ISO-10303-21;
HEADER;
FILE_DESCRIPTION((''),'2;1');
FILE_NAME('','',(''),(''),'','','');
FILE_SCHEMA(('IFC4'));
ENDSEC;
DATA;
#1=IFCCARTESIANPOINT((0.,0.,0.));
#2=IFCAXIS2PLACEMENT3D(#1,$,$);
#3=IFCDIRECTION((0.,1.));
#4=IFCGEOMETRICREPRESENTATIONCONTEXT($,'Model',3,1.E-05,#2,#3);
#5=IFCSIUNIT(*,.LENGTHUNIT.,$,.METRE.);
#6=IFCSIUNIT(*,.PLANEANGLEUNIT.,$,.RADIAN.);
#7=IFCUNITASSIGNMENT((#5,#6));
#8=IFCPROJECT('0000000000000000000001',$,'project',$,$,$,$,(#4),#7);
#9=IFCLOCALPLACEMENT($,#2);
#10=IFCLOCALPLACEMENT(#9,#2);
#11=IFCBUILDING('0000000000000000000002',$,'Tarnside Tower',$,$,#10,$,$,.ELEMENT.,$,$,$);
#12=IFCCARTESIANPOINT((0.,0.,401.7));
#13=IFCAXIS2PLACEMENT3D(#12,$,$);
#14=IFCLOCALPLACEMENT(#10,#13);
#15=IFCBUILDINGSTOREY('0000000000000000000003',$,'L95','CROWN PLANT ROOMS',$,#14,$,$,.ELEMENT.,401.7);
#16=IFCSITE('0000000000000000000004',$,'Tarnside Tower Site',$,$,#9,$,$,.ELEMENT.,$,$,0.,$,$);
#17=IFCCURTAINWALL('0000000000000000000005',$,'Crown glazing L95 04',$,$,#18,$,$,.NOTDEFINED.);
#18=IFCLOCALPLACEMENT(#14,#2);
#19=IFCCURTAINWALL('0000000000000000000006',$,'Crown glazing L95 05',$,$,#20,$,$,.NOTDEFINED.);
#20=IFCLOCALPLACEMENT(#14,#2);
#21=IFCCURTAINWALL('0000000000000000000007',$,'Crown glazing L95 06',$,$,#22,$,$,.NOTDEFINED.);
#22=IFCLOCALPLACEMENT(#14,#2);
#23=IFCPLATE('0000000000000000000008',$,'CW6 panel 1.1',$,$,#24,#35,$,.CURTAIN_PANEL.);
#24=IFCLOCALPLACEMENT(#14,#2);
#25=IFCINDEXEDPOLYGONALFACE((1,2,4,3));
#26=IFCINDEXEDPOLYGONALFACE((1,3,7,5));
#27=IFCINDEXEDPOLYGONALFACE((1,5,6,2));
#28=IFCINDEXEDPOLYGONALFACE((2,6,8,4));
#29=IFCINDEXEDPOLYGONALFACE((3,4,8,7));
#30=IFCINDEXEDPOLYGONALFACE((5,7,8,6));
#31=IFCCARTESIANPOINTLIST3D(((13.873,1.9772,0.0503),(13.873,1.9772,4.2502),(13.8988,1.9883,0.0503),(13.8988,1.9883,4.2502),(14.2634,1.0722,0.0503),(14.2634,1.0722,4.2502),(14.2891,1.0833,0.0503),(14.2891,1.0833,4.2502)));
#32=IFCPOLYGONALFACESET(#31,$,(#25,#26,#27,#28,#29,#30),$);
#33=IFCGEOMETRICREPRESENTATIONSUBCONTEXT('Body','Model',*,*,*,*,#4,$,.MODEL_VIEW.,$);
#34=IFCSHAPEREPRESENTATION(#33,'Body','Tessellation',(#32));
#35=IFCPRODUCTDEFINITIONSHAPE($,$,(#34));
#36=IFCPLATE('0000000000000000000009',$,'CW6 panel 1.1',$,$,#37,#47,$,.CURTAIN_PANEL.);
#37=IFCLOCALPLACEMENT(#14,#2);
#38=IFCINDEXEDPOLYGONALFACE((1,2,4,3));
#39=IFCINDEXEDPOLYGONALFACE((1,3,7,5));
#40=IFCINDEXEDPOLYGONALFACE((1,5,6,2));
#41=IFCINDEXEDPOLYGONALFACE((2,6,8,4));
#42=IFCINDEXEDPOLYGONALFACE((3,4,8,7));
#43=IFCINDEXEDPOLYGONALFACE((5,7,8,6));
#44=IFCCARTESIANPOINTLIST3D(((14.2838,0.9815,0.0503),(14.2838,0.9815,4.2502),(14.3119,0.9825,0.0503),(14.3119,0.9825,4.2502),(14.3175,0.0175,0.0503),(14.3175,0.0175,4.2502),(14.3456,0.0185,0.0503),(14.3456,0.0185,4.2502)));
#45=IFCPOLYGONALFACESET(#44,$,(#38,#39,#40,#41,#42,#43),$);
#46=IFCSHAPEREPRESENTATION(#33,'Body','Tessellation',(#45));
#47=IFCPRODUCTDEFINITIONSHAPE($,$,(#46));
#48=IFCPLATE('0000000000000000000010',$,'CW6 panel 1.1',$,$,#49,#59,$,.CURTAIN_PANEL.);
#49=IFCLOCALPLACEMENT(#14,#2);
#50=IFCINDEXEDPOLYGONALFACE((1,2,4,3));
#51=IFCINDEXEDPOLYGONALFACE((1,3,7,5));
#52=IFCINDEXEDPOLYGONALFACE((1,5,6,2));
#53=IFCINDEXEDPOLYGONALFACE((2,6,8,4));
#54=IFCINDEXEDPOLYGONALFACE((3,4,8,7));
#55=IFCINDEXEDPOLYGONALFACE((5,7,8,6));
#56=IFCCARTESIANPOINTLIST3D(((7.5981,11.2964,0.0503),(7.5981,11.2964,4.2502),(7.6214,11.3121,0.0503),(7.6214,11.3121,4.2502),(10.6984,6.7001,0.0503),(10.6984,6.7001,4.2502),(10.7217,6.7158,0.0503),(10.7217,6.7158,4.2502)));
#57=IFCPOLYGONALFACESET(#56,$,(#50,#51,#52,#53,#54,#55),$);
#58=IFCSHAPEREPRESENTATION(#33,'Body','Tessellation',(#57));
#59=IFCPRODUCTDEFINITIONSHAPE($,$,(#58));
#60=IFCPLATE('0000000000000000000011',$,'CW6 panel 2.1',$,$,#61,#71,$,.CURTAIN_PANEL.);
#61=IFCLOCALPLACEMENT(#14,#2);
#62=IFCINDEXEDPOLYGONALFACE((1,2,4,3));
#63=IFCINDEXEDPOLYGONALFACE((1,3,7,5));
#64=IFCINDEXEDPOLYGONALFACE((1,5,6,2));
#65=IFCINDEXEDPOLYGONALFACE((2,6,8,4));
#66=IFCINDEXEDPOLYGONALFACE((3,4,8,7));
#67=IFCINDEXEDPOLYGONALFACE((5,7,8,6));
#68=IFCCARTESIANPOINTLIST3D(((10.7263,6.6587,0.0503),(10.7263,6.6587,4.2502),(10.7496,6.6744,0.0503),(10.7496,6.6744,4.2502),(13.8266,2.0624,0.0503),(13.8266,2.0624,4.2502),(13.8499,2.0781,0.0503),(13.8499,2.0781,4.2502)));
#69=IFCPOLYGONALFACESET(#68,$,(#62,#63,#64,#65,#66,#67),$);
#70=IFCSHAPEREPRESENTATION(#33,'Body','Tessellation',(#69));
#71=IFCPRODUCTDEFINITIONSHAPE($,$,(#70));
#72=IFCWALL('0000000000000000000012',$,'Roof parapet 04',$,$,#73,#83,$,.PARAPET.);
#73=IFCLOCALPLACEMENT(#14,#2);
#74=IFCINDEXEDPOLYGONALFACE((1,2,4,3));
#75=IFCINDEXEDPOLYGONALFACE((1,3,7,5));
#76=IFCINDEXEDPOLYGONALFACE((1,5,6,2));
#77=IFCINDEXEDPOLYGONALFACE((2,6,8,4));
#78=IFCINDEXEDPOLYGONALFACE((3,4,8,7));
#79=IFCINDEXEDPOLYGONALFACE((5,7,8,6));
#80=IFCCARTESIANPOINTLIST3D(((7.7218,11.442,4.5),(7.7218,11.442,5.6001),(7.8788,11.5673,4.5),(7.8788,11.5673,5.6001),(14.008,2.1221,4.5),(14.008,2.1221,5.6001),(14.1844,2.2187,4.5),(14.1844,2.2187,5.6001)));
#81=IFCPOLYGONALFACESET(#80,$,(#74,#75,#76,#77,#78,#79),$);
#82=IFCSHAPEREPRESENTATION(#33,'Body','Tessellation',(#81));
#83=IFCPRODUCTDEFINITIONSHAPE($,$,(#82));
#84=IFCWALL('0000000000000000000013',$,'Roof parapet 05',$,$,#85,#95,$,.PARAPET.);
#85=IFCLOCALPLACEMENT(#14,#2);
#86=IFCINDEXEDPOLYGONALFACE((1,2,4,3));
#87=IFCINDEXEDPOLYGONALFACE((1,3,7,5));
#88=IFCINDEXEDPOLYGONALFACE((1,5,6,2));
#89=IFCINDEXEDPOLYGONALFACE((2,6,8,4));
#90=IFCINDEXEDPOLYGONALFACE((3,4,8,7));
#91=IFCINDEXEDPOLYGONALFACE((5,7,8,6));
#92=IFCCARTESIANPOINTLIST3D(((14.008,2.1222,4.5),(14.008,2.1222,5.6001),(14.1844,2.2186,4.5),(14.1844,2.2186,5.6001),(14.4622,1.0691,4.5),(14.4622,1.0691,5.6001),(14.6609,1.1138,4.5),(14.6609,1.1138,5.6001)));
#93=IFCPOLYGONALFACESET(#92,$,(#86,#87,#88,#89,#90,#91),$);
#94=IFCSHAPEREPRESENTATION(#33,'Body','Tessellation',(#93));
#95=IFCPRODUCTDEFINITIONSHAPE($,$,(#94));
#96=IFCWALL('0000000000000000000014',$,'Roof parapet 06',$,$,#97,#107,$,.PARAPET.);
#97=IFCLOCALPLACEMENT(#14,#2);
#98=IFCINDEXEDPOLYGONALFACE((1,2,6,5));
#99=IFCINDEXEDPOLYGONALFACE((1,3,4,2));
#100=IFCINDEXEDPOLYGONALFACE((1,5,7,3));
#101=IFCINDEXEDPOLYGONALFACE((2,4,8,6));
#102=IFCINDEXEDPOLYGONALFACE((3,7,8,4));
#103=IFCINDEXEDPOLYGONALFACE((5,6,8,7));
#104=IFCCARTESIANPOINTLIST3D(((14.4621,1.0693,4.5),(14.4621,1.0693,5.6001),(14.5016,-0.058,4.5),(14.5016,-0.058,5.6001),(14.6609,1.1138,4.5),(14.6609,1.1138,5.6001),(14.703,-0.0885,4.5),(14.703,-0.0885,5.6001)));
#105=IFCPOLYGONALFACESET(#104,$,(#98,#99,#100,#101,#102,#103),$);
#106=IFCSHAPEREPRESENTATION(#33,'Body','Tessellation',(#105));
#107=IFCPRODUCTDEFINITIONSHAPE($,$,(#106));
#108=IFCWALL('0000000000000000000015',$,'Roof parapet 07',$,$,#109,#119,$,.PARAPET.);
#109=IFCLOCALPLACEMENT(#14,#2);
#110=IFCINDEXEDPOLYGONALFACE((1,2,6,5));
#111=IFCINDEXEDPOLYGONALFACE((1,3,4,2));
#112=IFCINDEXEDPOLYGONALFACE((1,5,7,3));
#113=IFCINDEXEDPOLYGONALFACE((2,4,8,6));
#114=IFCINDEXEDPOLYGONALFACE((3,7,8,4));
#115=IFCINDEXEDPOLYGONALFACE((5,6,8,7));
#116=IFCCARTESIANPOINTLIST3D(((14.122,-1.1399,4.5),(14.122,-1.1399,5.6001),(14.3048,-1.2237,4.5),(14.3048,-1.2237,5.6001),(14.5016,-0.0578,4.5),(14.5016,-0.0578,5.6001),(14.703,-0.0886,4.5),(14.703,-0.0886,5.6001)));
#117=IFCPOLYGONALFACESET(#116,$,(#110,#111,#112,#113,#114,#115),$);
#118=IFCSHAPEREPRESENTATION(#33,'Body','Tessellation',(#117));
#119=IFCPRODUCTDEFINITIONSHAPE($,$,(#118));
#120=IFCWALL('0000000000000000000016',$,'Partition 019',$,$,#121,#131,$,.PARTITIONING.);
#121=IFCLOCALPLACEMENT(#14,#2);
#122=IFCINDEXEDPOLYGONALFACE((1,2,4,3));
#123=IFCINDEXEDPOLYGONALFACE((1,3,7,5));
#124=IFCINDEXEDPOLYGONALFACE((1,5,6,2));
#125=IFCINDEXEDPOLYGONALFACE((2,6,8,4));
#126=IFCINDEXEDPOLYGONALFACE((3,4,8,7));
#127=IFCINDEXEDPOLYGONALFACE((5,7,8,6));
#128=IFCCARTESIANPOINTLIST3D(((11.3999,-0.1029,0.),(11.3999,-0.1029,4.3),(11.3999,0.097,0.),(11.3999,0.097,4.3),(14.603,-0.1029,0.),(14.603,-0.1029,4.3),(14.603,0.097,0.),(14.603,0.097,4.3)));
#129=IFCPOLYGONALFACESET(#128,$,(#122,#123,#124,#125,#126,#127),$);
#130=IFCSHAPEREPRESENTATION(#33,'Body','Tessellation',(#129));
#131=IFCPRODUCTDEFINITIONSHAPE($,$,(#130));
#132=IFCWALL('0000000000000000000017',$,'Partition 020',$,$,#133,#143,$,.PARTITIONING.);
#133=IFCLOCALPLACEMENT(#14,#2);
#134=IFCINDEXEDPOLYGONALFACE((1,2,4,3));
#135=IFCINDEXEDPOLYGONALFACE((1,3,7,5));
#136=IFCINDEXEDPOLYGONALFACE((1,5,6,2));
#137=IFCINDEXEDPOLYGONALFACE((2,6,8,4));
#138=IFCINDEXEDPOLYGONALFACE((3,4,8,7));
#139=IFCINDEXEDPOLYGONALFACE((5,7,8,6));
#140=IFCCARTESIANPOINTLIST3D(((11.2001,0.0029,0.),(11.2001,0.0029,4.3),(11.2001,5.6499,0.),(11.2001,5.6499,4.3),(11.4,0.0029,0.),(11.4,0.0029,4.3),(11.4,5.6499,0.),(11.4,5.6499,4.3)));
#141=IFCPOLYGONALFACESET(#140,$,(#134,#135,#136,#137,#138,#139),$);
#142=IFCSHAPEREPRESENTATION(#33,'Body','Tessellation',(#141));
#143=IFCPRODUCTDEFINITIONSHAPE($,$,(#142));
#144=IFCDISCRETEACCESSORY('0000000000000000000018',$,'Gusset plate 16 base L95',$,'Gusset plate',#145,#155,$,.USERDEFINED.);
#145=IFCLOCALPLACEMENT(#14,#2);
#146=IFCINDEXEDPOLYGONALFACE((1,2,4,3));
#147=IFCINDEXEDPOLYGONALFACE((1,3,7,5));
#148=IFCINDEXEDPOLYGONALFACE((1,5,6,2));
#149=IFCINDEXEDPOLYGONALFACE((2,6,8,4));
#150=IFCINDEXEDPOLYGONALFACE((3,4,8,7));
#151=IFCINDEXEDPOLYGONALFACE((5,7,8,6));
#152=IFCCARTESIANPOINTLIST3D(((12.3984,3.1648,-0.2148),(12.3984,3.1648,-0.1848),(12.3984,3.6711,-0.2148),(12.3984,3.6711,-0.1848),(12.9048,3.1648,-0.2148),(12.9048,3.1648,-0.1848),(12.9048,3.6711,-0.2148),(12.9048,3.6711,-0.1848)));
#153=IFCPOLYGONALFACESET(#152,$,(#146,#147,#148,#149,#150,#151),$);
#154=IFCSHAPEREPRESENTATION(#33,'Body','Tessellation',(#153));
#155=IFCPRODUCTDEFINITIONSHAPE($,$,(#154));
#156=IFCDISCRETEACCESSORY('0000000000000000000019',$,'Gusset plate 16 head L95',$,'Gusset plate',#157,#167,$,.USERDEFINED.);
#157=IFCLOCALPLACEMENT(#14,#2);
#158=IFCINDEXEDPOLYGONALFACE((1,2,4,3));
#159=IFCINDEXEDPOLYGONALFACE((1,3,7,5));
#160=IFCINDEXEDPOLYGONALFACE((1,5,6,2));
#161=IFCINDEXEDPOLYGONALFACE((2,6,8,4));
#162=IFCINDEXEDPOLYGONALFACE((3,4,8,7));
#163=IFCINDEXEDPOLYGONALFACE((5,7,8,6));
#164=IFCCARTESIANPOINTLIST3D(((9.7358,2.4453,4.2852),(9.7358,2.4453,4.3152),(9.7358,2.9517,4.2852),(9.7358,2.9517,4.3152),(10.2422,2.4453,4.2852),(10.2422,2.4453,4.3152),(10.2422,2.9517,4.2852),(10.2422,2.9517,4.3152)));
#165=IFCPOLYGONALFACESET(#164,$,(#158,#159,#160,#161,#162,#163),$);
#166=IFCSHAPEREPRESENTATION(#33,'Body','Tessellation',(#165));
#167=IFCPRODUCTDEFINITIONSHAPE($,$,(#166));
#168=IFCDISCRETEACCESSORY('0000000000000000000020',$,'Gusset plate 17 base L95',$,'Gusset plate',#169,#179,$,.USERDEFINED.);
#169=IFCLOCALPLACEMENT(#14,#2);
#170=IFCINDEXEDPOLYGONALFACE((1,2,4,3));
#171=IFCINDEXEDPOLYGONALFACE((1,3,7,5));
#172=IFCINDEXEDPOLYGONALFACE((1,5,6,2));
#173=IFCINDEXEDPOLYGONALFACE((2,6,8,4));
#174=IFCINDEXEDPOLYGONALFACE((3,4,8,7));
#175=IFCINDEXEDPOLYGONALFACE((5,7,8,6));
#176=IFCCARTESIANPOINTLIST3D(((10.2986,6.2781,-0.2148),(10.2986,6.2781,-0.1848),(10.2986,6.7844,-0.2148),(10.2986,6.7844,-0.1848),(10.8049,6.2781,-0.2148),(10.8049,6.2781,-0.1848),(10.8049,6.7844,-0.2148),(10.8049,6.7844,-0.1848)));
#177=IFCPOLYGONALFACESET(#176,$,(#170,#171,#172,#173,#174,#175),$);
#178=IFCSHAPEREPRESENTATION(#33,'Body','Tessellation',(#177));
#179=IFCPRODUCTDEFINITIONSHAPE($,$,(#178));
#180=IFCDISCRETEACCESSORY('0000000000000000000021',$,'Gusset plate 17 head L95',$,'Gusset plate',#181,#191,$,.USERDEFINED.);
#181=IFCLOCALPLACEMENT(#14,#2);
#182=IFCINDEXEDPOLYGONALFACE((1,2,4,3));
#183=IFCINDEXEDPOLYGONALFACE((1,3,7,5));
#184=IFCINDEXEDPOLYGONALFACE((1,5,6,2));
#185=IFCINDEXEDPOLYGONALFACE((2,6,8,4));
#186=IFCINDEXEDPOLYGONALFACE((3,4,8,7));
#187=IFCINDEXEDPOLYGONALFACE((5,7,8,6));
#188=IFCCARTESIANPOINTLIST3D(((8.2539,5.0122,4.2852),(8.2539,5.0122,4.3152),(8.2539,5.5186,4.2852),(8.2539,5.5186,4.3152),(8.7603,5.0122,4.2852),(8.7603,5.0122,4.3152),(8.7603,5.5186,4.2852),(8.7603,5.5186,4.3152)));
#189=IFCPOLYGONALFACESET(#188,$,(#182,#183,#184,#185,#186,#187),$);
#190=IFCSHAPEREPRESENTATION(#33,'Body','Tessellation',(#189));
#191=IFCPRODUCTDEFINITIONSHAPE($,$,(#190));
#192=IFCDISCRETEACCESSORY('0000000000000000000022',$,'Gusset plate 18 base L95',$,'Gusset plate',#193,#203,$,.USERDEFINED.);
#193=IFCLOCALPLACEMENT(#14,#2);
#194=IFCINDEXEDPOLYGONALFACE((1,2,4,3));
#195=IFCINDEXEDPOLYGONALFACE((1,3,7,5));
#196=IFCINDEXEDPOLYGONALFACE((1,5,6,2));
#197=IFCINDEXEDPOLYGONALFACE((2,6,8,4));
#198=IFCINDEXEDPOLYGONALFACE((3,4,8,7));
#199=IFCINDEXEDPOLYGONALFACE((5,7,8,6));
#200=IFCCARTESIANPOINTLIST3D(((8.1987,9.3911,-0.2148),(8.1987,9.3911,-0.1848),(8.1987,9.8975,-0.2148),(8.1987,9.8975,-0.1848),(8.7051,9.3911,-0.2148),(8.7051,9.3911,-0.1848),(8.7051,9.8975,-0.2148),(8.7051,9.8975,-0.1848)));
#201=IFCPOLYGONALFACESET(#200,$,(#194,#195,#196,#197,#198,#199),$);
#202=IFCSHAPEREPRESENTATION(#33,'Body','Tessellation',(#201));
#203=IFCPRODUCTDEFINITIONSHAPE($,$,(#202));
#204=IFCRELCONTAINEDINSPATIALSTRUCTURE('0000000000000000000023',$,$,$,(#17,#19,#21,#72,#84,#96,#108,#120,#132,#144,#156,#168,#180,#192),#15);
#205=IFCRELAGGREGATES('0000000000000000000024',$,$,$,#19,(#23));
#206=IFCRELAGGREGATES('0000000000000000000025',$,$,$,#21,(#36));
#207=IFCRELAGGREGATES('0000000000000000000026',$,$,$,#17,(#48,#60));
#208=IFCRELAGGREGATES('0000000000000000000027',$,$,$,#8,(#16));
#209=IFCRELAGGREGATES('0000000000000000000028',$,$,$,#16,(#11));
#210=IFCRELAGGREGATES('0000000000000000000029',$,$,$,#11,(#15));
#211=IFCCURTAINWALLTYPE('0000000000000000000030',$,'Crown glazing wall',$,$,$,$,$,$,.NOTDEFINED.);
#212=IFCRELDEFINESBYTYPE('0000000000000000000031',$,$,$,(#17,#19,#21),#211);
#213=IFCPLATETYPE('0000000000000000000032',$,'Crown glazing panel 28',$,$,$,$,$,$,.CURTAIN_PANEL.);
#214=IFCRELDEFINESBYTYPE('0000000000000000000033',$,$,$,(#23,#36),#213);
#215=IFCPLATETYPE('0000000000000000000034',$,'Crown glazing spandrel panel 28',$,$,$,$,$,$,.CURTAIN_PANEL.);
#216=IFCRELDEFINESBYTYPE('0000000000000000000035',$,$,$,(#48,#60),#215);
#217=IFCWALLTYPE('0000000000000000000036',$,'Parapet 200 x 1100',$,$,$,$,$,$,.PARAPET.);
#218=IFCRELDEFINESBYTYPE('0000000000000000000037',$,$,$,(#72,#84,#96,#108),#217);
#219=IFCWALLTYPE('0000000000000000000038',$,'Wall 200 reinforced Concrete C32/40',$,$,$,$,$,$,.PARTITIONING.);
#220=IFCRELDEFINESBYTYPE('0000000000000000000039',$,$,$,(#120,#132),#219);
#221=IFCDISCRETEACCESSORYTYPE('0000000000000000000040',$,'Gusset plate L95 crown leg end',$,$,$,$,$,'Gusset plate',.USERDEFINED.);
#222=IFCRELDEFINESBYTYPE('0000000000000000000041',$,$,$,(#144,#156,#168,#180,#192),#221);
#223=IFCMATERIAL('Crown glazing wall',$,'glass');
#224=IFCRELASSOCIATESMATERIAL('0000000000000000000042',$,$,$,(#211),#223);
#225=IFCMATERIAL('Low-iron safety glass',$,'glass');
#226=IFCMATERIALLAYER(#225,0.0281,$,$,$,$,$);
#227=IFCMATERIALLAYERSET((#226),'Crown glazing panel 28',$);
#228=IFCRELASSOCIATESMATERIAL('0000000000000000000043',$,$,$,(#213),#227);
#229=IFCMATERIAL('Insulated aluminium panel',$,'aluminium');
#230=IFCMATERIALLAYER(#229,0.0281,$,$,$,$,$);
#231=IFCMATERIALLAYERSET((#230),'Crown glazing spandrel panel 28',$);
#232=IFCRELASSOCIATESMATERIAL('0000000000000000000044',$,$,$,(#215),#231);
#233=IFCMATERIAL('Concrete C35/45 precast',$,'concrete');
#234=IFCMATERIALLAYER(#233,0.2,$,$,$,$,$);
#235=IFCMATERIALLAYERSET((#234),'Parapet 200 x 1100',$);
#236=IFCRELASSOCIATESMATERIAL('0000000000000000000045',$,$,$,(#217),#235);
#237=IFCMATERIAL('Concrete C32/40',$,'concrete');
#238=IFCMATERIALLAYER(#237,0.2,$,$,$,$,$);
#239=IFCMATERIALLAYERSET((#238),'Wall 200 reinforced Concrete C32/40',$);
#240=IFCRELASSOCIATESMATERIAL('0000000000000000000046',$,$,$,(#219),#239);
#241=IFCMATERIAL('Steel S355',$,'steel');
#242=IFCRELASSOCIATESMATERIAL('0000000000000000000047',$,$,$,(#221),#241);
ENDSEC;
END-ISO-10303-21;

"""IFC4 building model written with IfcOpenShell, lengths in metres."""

from ifc_helpers import new_model, si_unit, direction, frame, frame_2d, origin, origin_2d, place, context, subcontext, project, spatial, polyline, rectangle, outline, extrude, material, layer, layer_set, type_object, element, aggregate, save


model = new_model("IFC4")

# Units and contexts
model_context = context("Model", 3, precision=1e-05, world=origin(), true_north=direction((0.0, 1.0)))
body_context = subcontext(model_context, "Body", "Model", "MODEL_VIEW")
ifc_project = project(units=[si_unit("LENGTHUNIT", "METRE"), si_unit("PLANEANGLEUNIT", "RADIAN")], contexts=[model_context])

# Site, building, storey
site_placement = place(None, origin())
site = spatial("IfcSite", under=ifc_project, at=site_placement, Name="Tarnside Tower Site", CompositionType="ELEMENT", RefElevation=0.0)
building_placement = place(site_placement, origin())
building = spatial("IfcBuilding", under=site, at=building_placement, Name="Tarnside Tower", CompositionType="ELEMENT")
storey_placement = place(building_placement, frame((0.0, 0.0, 401.7)))
storey = spatial("IfcBuildingStorey", under=building, at=storey_placement, Name="L95", Description="CROWN PLANT ROOMS", CompositionType="ELEMENT", Elevation=401.7)

# Curtain walls
ifc_material_1 = material(Name="Crown glazing wall", Category="glass")
curtain_wall_type = type_object("IfcCurtainWallType", Name="Crown glazing wall", PredefinedType="NOTDEFINED", material=ifc_material_1)
curtain_wall_1_placement = place(storey_placement, origin())
curtain_wall_1 = element("IfcCurtainWall", 1, at=curtain_wall_1_placement, inside=storey, type_object=curtain_wall_type, Name="Crown glazing L95 04", PredefinedType="NOTDEFINED")
curtain_wall_2_placement = place(storey_placement, origin())
curtain_wall_2 = element("IfcCurtainWall", 2, at=curtain_wall_2_placement, inside=storey, type_object=curtain_wall_type, Name="Crown glazing L95 05", PredefinedType="NOTDEFINED")
curtain_wall_3_placement = place(storey_placement, origin())
curtain_wall_3 = element("IfcCurtainWall", 3, at=curtain_wall_3_placement, inside=storey, type_object=curtain_wall_type, Name="Crown glazing L95 06", PredefinedType="NOTDEFINED")

# Shared definitions
ifc_material_2 = material(Name="Steel S355", Category="steel")

# Plates
ifc_material_3 = material(Name="Low-iron safety glass", Category="glass")
ifc_layer_1 = layer(ifc_material_3, 0.0281)
ifc_layer_set_1 = layer_set([ifc_layer_1], Name="Crown glazing panel 28")
plate_type_1 = type_object("IfcPlateType", Name="Crown glazing panel 28", PredefinedType="CURTAIN_PANEL", material=ifc_layer_set_1)
plate_1_placement = place(storey_placement, frame((14.0811, 1.5303, 0.0503), z_axis=(0.0, 0.0, 1.0), x_axis=(0.39608, -0.918216, 0.0)))
plate_1 = element("IfcPlate", 4, at=plate_1_placement, type_object=plate_type_1, Name="CW6 panel 1.1", PredefinedType="CURTAIN_PANEL", context=body_context, shape_type="SweptSolid", body=[
    extrude(rectangle(XDim=0.9856, YDim=0.0281, at=origin_2d()), origin(), (0.0, 0.0, 1.0), 4.2),
])
aggregate(curtain_wall_2, [plate_1])
plate_2_placement = place(storey_placement, frame((14.3147, 0.5, 0.0503), z_axis=(0.0, 0.0, 1.0), x_axis=(0.034899, -0.999391, 0.0)))
plate_2 = element("IfcPlate", 5, at=plate_2_placement, type_object=plate_type_1, Name="CW6 panel 1.1", PredefinedType="CURTAIN_PANEL", context=body_context, shape_type="SweptSolid", body=[
    extrude(rectangle(XDim=0.9646, YDim=0.0281, at=origin_2d()), origin(), (0.0, 0.0, 1.0), 4.2),
])
aggregate(curtain_wall_3, [plate_2])
ifc_material_4 = material(Name="Insulated aluminium panel", Category="aluminium")
ifc_layer_2 = layer(ifc_material_4, 0.0281)
ifc_layer_set_2 = layer_set([ifc_layer_2], Name="Crown glazing spandrel panel 28")
plate_type_2 = type_object("IfcPlateType", Name="Crown glazing spandrel panel 28", PredefinedType="CURTAIN_PANEL", material=ifc_layer_set_2)
plate_3_placement = place(storey_placement, frame((9.1599, 9.0061, 0.0503), z_axis=(0.0, 0.0, 1.0), x_axis=(0.559193, -0.829038, 0.0)))
plate_3 = element("IfcPlate", 6, at=plate_3_placement, type_object=plate_type_2, Name="CW6 panel 1.1", PredefinedType="CURTAIN_PANEL", context=body_context, shape_type="SweptSolid", body=[
    extrude(rectangle(XDim=5.5442, YDim=0.0281, at=origin_2d()), origin(), (0.0, 0.0, 1.0), 4.2),
])
plate_4_placement = place(storey_placement, frame((12.2881, 4.3684, 0.0503), z_axis=(0.0, 0.0, 1.0), x_axis=(0.559193, -0.829038, 0.0)))
plate_4 = element("IfcPlate", 7, at=plate_4_placement, type_object=plate_type_2, Name="CW6 panel 2.1", PredefinedType="CURTAIN_PANEL", context=body_context, shape_type="SweptSolid", body=[
    extrude(rectangle(XDim=5.5442, YDim=0.0281, at=origin_2d()), origin(), (0.0, 0.0, 1.0), 4.2),
])
aggregate(curtain_wall_1, [plate_3, plate_4])

# Walls
ifc_material_5 = material(Name="Concrete C35/45 precast", Category="concrete")
ifc_layer_3 = layer(ifc_material_5, 0.2)
ifc_layer_set_3 = layer_set([ifc_layer_3], Name="Parapet 200 x 1100")
wall_type_1 = type_object("IfcWallType", Name="Parapet 200 x 1100", PredefinedType="PARAPET", material=ifc_layer_set_3)
wall_1_placement = place(storey_placement, frame((7.8003, 11.5046, 4.5), z_axis=(0.0, 0.0, 1.0), x_axis=(0.559186, -0.829042, 0.0)))
element("IfcWall", 8, at=wall_1_placement, inside=storey, type_object=wall_type_1, Name="Roof parapet 04", PredefinedType="PARAPET", context=body_context, shape_type="SweptSolid", body=[
    extrude(outline(polyline([(0.0081, -0.1001), (11.2498, -0.1001), (11.2683, 0.1001), (-0.0081, 0.1001), (0.0081, -0.1001)])), origin(), (0.0, 0.0, 1.0), 1.1001),
])
wall_2_placement = place(storey_placement, frame((14.0962, 2.1704, 4.5), z_axis=(0.0, 0.0, 1.0), x_axis=(0.39605, -0.918229, 0.0)))
element("IfcWall", 9, at=wall_2_placement, inside=storey, type_object=wall_type_1, Name="Roof parapet 05", PredefinedType="PARAPET", context=body_context, shape_type="SweptSolid", body=[
    extrude(outline(polyline([(0.0093, -0.1001), (1.1562, -0.1001), (1.1938, 0.1001), (-0.0093, 0.1001), (0.0093, -0.1001)])), origin(), (0.0, 0.0, 1.0), 1.1001),
])
wall_3_placement = place(storey_placement, frame((14.5615, 1.0916, 4.5), z_axis=(0.0, 0.0, 1.0), x_axis=(0.034982, -0.999388, 0.0)))
element("IfcWall", 10, at=wall_3_placement, inside=storey, type_object=wall_type_1, Name="Roof parapet 06", PredefinedType="PARAPET", context=body_context, shape_type="SweptSolid", body=[
    extrude(outline(polyline([(0.0188, -0.1001), (1.1467, -0.1001), (1.1843, 0.1001), (-0.0188, 0.1001), (0.0188, -0.1001)])), origin(), (0.0, 0.0, 1.0), 1.1001),
])
wall_4_placement = place(storey_placement, frame((14.6023, -0.0732, 4.5), z_axis=(0.0, 0.0, 1.0), x_axis=(-0.331026, -0.943622, 0.0)))
element("IfcWall", 11, at=wall_4_placement, inside=storey, type_object=wall_type_1, Name="Roof parapet 07", PredefinedType="PARAPET", context=body_context, shape_type="SweptSolid", body=[
    extrude(outline(polyline([(0.0188, -0.1001), (1.1655, -0.1001), (1.1841, 0.1001), (-0.0188, 0.1001), (0.0188, -0.1001)])), origin(), (0.0, 0.0, 1.0), 1.1001),
])
ifc_material_6 = material(Name="Concrete C32/40", Category="concrete")
ifc_layer_4 = layer(ifc_material_6, 0.2)
ifc_layer_set_4 = layer_set([ifc_layer_4], Name="Wall 200 reinforced Concrete C32/40")
wall_type_2 = type_object("IfcWallType", Name="Wall 200 reinforced Concrete C32/40", PredefinedType="PARTITIONING", material=ifc_layer_set_4)
wall_5_placement = place(storey_placement, frame((11.3999, -0.0029, 0.0), z_axis=(0.0, 0.0, 1.0), x_axis=(1.0, 0.0, 0.0)))
element("IfcWall", 12, at=wall_5_placement, inside=storey, type_object=wall_type_2, Name="Partition 019", PredefinedType="PARTITIONING", context=body_context, shape_type="SweptSolid", body=[
    extrude(rectangle(XDim=3.2031, YDim=0.2, at=frame_2d((1.6016, 0.0))), origin(), (0.0, 0.0, 1.0), 4.3),
])
wall_6_placement = place(storey_placement, frame((11.3, 0.0029, 0.0), z_axis=(0.0, 0.0, 1.0), x_axis=(0.0, 1.0, 0.0)))
element("IfcWall", 13, at=wall_6_placement, inside=storey, type_object=wall_type_2, Name="Partition 020", PredefinedType="PARTITIONING", context=body_context, shape_type="SweptSolid", body=[
    extrude(rectangle(XDim=5.647, YDim=0.2, at=frame_2d((2.8235, 0.0))), origin(), (0.0, 0.0, 1.0), 4.3),
])

# Discrete accessories
discrete_accessory_type = type_object("IfcDiscreteAccessoryType", Name="Gusset plate L95 crown leg end", ElementType="Gusset plate", PredefinedType="USERDEFINED", material=ifc_material_2)
for number, where, z_axis, x_axis, name in (
    (14, (12.6516, 3.418, -0.2148), (0.0, 0.0, 1.0), (1.0, 0.0, 0.0), "Gusset plate 16 base L95"),
    (15, (9.989, 2.6985, 4.2852), (0.0, 0.0, 1.0), (1.0, 0.0, 0.0), "Gusset plate 16 head L95"),
    (16, (10.5518, 6.5312, -0.2148), (0.0, 0.0, 1.0), (1.0, 0.0, 0.0), "Gusset plate 17 base L95"),
    (17, (8.5071, 5.2654, 4.2852), (0.0, 0.0, 1.0), (1.0, 0.0, 0.0), "Gusset plate 17 head L95"),
    (18, (8.4519, 9.6443, -0.2148), (0.0, 0.0, 1.0), (1.0, 0.0, 0.0), "Gusset plate 18 base L95"),
):
    element("IfcDiscreteAccessory", number, at=place(storey_placement, frame(where, z_axis=z_axis, x_axis=x_axis)), inside=storey, type_object=discrete_accessory_type, Name=name, ObjectType="Gusset plate", PredefinedType="USERDEFINED", context=body_context, shape_type="SweptSolid", body=[
        extrude(rectangle(XDim=0.5063, YDim=0.5063, at=origin_2d()), origin(), (0.0, 0.0, 1.0), 0.03),
    ])

save(model, "model.ifc")
